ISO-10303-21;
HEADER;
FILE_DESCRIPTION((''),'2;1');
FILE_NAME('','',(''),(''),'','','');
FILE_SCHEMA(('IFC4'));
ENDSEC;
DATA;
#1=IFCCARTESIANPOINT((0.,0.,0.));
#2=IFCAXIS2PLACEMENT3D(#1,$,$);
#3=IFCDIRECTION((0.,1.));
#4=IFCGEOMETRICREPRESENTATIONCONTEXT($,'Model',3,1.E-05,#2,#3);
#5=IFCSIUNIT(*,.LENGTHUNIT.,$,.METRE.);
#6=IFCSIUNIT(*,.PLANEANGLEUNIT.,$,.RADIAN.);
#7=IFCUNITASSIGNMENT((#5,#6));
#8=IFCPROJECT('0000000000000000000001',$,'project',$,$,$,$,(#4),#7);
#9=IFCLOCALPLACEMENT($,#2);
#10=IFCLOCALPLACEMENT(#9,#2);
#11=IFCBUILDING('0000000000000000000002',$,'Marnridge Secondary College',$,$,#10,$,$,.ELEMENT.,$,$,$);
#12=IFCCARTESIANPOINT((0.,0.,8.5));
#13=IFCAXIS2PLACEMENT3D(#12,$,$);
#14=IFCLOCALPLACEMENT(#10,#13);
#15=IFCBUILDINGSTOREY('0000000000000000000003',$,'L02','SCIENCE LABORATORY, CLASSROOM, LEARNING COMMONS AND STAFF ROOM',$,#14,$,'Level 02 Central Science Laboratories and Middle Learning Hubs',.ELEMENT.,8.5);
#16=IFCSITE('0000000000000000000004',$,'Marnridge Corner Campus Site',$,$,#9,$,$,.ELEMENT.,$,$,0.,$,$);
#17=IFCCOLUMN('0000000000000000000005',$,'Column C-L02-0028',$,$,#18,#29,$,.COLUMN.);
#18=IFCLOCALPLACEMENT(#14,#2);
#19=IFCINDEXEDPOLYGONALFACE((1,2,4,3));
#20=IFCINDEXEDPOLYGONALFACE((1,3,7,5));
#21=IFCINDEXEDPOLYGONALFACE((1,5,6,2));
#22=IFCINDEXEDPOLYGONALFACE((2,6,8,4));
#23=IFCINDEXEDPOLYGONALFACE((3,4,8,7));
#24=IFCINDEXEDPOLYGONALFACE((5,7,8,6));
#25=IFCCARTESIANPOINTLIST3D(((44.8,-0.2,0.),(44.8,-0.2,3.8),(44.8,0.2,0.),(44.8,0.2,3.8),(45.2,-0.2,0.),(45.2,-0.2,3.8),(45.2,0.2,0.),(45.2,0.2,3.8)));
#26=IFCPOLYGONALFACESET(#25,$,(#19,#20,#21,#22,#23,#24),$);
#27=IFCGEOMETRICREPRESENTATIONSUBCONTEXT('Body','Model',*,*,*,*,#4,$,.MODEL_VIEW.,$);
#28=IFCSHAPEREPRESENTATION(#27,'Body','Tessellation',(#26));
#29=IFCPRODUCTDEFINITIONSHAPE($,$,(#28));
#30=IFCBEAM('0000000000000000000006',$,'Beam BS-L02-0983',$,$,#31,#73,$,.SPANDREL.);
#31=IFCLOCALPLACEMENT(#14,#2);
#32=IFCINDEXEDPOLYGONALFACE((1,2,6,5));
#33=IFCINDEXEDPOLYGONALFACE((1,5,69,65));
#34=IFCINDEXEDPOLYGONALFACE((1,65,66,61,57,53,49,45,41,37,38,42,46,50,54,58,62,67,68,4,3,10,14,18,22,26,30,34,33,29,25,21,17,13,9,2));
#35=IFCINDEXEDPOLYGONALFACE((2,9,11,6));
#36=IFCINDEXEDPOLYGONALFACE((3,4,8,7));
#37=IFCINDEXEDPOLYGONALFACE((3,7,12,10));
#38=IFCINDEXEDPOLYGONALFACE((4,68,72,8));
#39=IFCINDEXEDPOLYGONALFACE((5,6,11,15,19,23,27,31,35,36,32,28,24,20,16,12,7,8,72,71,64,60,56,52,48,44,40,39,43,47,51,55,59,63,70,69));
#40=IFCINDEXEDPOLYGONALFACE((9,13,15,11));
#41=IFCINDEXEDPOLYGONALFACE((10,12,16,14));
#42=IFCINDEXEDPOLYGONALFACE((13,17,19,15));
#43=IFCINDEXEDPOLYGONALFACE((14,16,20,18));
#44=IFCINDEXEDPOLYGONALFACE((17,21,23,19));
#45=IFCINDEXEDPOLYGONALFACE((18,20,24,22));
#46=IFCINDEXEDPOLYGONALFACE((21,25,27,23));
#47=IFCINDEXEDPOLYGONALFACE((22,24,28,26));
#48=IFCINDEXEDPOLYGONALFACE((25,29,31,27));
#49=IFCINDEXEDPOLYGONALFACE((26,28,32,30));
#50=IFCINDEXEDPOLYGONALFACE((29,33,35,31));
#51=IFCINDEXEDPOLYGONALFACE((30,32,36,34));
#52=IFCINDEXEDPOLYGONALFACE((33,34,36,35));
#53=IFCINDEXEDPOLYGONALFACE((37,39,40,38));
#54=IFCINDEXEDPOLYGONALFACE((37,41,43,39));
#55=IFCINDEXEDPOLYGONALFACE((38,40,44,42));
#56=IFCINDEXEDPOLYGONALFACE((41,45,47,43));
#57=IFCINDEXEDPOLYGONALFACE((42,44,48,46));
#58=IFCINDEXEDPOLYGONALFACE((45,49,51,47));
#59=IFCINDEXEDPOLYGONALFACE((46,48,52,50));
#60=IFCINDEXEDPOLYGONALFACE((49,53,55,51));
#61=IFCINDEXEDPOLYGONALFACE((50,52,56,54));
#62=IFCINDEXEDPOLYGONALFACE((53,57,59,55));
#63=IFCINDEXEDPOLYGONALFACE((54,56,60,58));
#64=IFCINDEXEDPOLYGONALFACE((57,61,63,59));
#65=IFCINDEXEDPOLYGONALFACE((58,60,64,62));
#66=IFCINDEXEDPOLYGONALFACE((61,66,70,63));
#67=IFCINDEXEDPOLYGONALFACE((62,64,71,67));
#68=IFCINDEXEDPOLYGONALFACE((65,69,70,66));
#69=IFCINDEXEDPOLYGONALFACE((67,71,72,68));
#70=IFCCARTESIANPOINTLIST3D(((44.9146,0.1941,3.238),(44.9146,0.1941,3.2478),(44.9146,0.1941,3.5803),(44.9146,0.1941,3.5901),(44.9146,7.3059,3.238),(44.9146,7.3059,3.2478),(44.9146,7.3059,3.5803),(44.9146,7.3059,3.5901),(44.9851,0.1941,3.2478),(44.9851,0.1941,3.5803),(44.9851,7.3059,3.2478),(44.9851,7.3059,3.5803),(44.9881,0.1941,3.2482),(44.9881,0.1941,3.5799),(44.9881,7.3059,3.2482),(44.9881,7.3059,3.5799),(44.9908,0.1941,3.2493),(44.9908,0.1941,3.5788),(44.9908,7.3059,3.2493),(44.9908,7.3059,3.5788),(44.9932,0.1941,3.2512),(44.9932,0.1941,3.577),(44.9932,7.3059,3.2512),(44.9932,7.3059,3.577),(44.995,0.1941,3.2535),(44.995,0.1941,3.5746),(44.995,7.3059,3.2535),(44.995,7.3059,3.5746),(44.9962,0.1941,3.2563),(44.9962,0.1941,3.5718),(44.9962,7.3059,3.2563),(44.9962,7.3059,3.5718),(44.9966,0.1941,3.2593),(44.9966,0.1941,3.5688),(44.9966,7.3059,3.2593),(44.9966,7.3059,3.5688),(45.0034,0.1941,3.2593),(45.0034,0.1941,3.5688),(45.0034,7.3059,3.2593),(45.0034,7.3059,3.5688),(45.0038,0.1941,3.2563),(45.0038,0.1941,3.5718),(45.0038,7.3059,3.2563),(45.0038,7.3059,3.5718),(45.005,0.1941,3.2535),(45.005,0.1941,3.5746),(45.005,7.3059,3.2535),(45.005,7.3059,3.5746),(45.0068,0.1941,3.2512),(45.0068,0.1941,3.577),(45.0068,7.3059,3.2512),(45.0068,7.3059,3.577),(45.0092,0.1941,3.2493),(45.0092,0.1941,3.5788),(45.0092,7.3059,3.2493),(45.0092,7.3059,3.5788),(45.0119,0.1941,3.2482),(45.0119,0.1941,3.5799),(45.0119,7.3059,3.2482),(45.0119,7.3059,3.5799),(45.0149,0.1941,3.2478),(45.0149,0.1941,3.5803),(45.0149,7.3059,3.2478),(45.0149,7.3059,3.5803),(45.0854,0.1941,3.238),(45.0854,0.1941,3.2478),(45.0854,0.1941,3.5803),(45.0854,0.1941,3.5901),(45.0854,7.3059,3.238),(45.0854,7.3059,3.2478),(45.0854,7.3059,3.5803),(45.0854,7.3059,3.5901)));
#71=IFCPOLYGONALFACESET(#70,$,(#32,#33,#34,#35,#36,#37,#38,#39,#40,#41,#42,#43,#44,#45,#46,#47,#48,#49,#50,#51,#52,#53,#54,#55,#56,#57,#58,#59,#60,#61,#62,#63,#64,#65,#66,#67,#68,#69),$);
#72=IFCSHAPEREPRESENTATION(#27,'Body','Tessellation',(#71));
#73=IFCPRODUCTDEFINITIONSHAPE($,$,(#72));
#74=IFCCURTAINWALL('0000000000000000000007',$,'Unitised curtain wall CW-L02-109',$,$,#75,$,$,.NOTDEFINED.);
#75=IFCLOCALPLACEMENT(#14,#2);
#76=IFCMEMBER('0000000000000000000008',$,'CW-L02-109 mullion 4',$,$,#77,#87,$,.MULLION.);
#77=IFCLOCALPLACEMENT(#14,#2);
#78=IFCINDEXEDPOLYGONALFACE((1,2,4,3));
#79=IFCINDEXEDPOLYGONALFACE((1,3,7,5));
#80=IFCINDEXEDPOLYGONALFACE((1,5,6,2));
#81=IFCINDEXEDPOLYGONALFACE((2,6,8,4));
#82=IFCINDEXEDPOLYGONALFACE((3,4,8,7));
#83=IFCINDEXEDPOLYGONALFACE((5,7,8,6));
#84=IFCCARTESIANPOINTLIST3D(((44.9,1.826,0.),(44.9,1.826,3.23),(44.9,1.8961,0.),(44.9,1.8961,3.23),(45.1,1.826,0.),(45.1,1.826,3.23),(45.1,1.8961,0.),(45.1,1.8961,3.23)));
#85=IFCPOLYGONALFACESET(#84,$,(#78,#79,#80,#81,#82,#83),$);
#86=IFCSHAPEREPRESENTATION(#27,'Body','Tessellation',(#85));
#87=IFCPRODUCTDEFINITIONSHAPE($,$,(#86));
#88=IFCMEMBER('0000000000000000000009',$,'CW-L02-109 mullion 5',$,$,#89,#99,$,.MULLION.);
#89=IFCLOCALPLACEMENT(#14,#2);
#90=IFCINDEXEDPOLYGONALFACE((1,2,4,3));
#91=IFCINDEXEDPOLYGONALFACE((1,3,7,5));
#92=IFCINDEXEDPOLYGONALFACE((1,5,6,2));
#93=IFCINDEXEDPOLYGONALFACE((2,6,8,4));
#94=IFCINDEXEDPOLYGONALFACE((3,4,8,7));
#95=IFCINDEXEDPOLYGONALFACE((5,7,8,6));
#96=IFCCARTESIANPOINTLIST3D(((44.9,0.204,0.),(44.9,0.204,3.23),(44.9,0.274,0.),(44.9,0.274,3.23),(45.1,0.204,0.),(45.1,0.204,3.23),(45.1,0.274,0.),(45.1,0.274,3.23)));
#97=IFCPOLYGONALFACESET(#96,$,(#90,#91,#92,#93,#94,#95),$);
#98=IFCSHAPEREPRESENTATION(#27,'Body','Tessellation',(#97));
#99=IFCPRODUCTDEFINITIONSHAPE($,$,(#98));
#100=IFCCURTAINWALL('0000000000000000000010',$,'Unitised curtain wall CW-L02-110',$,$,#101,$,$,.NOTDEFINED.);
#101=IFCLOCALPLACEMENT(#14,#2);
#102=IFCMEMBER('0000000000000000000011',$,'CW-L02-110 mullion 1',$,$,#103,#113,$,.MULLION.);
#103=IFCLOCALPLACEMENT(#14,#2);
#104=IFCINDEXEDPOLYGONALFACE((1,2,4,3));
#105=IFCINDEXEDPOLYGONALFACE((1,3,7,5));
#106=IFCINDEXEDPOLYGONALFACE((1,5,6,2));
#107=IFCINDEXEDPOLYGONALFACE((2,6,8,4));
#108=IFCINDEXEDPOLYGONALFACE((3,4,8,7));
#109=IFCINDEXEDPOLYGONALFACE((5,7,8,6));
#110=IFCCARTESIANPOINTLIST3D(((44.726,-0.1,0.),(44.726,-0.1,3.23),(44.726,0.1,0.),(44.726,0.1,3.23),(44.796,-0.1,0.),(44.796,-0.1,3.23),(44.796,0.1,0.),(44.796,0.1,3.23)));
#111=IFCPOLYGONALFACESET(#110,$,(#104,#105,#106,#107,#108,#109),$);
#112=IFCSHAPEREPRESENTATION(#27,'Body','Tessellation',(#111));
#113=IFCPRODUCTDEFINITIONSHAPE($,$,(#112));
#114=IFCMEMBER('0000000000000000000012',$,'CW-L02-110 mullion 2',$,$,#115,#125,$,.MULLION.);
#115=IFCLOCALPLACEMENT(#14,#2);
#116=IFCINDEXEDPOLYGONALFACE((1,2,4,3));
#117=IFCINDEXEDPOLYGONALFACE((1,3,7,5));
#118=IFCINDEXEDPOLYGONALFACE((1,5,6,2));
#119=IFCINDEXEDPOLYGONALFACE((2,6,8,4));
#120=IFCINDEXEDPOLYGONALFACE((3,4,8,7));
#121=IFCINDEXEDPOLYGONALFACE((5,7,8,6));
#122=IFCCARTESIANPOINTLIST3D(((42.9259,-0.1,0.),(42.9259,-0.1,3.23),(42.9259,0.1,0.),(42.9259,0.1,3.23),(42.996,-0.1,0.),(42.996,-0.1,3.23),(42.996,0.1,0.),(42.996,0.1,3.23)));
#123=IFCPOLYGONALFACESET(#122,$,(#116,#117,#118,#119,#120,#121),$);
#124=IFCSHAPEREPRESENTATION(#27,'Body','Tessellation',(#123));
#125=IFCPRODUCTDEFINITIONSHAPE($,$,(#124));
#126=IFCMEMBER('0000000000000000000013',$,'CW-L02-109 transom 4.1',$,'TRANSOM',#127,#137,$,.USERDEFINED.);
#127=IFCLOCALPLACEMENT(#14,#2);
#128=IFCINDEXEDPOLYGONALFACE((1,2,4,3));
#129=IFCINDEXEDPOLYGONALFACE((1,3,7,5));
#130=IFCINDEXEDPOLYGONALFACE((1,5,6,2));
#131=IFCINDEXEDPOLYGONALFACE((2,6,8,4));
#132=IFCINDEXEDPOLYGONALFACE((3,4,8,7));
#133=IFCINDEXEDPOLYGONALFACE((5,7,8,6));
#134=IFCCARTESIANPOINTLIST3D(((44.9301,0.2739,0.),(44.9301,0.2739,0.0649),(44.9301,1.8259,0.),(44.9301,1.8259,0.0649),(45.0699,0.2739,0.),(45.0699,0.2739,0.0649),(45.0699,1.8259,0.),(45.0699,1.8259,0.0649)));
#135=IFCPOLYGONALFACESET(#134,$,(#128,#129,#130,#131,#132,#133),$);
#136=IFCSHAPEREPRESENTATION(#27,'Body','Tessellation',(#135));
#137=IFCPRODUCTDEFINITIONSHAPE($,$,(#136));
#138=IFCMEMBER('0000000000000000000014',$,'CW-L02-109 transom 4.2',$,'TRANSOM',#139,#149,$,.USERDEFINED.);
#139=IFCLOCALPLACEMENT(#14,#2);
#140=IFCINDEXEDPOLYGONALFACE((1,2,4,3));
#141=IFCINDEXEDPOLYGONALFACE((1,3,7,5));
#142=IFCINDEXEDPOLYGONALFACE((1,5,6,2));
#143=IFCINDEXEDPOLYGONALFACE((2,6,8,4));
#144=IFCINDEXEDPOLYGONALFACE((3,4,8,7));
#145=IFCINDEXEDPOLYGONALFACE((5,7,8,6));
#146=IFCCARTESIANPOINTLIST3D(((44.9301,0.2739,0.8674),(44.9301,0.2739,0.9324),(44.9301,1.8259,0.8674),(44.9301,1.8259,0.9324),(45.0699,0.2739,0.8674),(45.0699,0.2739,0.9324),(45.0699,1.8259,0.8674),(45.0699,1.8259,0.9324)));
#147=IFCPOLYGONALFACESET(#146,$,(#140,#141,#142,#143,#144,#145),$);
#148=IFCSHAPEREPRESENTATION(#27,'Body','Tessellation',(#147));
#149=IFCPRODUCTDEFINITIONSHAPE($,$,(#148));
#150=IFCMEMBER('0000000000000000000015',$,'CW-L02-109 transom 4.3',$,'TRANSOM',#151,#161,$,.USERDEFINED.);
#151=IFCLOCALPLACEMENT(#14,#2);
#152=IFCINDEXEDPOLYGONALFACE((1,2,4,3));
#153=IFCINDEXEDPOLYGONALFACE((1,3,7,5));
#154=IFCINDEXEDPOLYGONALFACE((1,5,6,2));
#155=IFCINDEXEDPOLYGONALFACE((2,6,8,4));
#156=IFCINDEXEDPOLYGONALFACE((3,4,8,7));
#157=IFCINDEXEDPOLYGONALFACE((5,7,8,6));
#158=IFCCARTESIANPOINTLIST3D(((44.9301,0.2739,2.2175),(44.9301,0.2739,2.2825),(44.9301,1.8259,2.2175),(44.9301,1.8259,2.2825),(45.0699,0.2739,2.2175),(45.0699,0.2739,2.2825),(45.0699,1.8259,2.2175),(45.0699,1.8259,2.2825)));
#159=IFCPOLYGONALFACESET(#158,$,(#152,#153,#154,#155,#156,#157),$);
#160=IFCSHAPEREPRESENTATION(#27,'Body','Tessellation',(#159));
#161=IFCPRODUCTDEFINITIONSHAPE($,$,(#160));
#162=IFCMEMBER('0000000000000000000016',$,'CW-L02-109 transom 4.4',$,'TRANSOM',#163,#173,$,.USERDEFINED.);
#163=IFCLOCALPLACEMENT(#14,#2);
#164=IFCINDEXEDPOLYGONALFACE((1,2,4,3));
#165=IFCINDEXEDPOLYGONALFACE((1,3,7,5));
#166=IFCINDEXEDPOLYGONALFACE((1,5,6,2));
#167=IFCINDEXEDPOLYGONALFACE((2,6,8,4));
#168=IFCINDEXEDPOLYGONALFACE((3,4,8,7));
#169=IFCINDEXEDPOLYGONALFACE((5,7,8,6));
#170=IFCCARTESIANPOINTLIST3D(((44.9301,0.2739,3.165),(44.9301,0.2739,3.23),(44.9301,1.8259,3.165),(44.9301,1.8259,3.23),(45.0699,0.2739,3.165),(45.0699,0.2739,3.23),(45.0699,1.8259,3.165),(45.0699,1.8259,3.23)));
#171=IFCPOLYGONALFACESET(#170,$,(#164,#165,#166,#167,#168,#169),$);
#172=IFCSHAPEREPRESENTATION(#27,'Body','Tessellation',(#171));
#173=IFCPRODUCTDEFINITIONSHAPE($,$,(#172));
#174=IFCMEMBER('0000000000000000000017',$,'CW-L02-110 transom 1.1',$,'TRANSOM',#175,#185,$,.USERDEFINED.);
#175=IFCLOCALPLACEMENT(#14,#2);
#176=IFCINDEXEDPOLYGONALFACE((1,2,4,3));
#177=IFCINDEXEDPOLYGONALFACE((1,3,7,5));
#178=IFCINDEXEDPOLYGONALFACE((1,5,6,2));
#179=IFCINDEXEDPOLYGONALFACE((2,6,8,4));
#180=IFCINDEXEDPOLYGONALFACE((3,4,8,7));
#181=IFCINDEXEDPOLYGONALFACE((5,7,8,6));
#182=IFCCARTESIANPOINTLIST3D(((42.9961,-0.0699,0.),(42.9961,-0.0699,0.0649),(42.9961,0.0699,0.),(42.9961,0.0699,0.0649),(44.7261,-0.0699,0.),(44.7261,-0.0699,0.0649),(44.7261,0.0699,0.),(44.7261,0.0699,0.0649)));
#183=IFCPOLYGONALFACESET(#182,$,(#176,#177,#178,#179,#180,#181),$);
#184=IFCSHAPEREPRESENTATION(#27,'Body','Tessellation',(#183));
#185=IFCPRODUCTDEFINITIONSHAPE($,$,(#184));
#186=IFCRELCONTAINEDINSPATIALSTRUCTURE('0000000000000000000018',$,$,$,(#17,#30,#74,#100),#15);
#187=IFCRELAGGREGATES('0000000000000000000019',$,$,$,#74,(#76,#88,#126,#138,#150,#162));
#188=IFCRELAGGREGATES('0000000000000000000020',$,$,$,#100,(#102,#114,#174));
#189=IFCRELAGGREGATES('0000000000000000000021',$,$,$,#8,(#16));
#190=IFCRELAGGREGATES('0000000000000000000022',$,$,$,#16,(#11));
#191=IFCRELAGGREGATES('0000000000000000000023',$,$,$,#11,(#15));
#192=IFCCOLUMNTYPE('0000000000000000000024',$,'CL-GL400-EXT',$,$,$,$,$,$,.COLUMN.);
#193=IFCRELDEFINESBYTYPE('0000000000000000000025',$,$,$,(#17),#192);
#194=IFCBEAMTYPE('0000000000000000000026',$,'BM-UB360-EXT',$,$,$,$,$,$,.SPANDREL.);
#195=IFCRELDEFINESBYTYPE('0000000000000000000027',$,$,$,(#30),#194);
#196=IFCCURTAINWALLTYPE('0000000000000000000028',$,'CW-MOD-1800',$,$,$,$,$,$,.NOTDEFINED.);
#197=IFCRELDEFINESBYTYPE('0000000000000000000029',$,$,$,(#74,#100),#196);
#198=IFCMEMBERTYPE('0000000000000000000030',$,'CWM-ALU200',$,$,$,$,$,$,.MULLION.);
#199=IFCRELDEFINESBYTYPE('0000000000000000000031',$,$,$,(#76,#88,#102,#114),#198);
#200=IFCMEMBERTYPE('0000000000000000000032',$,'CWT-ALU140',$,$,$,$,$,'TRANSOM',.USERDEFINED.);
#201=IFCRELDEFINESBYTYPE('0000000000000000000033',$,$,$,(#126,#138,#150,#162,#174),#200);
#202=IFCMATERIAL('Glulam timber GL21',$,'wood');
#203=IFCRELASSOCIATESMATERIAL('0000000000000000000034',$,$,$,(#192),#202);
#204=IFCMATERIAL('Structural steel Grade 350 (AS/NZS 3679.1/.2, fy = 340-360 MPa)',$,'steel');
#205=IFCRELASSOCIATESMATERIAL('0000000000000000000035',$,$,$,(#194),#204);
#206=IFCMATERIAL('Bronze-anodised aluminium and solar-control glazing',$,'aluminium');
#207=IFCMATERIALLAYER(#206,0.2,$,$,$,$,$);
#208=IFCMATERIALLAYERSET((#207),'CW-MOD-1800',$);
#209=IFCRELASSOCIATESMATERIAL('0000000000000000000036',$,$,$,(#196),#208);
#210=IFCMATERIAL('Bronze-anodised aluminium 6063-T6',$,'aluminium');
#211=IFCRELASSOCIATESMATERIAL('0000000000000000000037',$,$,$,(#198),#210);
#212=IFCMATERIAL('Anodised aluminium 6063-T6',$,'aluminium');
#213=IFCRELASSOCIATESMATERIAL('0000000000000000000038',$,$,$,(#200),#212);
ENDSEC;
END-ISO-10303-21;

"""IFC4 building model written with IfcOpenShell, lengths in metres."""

from ifc_helpers import new_model, si_unit, direction, frame, origin, origin_2d, place, context, subcontext, project, spatial, rectangle, i_section, extrude, material, layer, layer_set, material_profile, profile_set, type_object, element, aggregate, save


model = new_model("IFC4")

# Units and contexts
model_context = context("Model", 3, precision=1e-05, world=origin(), true_north=direction((0.0, 1.0)))
body_context = subcontext(model_context, "Body", "Model", "MODEL_VIEW")
ifc_project = project(units=[si_unit("LENGTHUNIT", "METRE"), si_unit("PLANEANGLEUNIT", "RADIAN")], contexts=[model_context])

# Site, building, storey
site_placement = place(None, origin())
site = spatial("IfcSite", under=ifc_project, at=site_placement, Name="Marnridge Corner Campus Site", CompositionType="ELEMENT", RefElevation=0.0)
building_placement = place(site_placement, origin())
building = spatial("IfcBuilding", under=site, at=building_placement, Name="Marnridge Secondary College", CompositionType="ELEMENT")
storey_placement = place(building_placement, frame((0.0, 0.0, 8.5)))
storey = spatial("IfcBuildingStorey", under=building, at=storey_placement, Name="L02", Description="SCIENCE LABORATORY, CLASSROOM, LEARNING COMMONS AND STAFF ROOM", LongName="Level 02 Central Science Laboratories and Middle Learning Hubs", CompositionType="ELEMENT", Elevation=8.5)

# Column
ifc_material_1 = material(Name="Glulam timber GL21", Category="wood")
ifc_material_profile_1 = material_profile(ifc_material_1, rectangle(XDim=0.3999, YDim=0.3999, at=origin_2d()), Name="GL21 400x400")
ifc_profile_set_1 = profile_set([ifc_material_profile_1], Name="Glulam timber GL21")
column_type = type_object("IfcColumnType", Name="CL-GL400-EXT", PredefinedType="COLUMN", material=ifc_profile_set_1)
column_placement = place(storey_placement, frame((45.0, 0.0, 0.0), z_axis=(0.0, 0.0, 1.0), x_axis=(1.0, 0.0, 0.0)))
element("IfcColumn", 1, at=column_placement, inside=storey, type_object=column_type, Name="Column C-L02-0028", PredefinedType="COLUMN", context=body_context, shape_type="SweptSolid", body=[
    extrude(rectangle(XDim=0.3999, YDim=0.3999, at=origin_2d()), origin(), (0.0, 0.0, 1.0), 3.8),
])

# Beam
ifc_material_2 = material(Name="Structural steel Grade 350 (AS/NZS 3679.1/.2, fy = 340-360 MPa)", Category="steel")
ifc_material_profile_2 = material_profile(ifc_material_2, i_section(OverallWidth=0.1709, OverallDepth=0.3521, WebThickness=0.0068, FlangeThickness=0.0098, FilletRadius=0.0115, at=origin_2d()), Name="360UB44.7")
ifc_profile_set_2 = profile_set([ifc_material_profile_2], Name="Structural steel Grade 350 (AS/NZS 3679.1/.2, fy = 340-360 MPa)")
beam_type = type_object("IfcBeamType", Name="BM-UB360-EXT", PredefinedType="SPANDREL", material=ifc_profile_set_2)
beam_placement = place(storey_placement, frame((45.0, 0.1941, 3.4141), z_axis=(0.0, 1.0, 0.0), x_axis=(-1.0, 0.0, 0.0)))
element("IfcBeam", 2, at=beam_placement, inside=storey, type_object=beam_type, Name="Beam BS-L02-0983", PredefinedType="SPANDREL", context=body_context, shape_type="SweptSolid", body=[
    extrude(i_section(OverallWidth=0.1709, OverallDepth=0.3521, WebThickness=0.0068, FlangeThickness=0.0098, FilletRadius=0.0115, at=origin_2d()), origin(), (0.0, 0.0, 1.0), 7.1118),
])

# Curtain walls, members
ifc_material_3 = material(Name="Bronze-anodised aluminium and solar-control glazing", Category="aluminium")
ifc_layer_1 = layer(ifc_material_3, 0.2)
ifc_layer_set_1 = layer_set([ifc_layer_1], Name="CW-MOD-1800")
curtain_wall_type = type_object("IfcCurtainWallType", Name="CW-MOD-1800", PredefinedType="NOTDEFINED", material=ifc_layer_set_1)
curtain_wall_1_placement = place(storey_placement, origin())
curtain_wall_1 = element("IfcCurtainWall", 3, at=curtain_wall_1_placement, inside=storey, type_object=curtain_wall_type, Name="Unitised curtain wall CW-L02-109", PredefinedType="NOTDEFINED")
ifc_material_4 = material(Name="Bronze-anodised aluminium 6063-T6", Category="aluminium")
ifc_material_profile_3 = material_profile(ifc_material_4, rectangle(XDim=0.0701, YDim=0.2, at=origin_2d()), Name="ALU 70x200")
ifc_profile_set_3 = profile_set([ifc_material_profile_3], Name="Bronze-anodised aluminium 6063-T6")
member_type_1 = type_object("IfcMemberType", Name="CWM-ALU200", PredefinedType="MULLION", material=ifc_profile_set_3)
member_1_placement = place(storey_placement, frame((45.0, 1.8611, 0.0), z_axis=(0.0, 0.0, 1.0), x_axis=(0.0, -1.0, 0.0)))
member_1 = element("IfcMember", 4, at=member_1_placement, type_object=member_type_1, Name="CW-L02-109 mullion 4", PredefinedType="MULLION", context=body_context, shape_type="SweptSolid", body=[
    extrude(rectangle(XDim=0.0701, YDim=0.2, at=origin_2d()), origin(), (0.0, 0.0, 1.0), 3.23),
])
member_2_placement = place(storey_placement, frame((45.0, 0.239, 0.0), z_axis=(0.0, 0.0, 1.0), x_axis=(0.0, -1.0, 0.0)))
member_2 = element("IfcMember", 5, at=member_2_placement, type_object=member_type_1, Name="CW-L02-109 mullion 5", PredefinedType="MULLION", context=body_context, shape_type="SweptSolid", body=[
    extrude(rectangle(XDim=0.0701, YDim=0.2, at=origin_2d()), origin(), (0.0, 0.0, 1.0), 3.23),
])
curtain_wall_2_placement = place(storey_placement, origin())
curtain_wall_2 = element("IfcCurtainWall", 6, at=curtain_wall_2_placement, inside=storey, type_object=curtain_wall_type, Name="Unitised curtain wall CW-L02-110", PredefinedType="NOTDEFINED")
member_3_placement = place(storey_placement, frame((44.761, 0.0, 0.0), z_axis=(0.0, 0.0, 1.0), x_axis=(-1.0, 0.0, 0.0)))
member_3 = element("IfcMember", 7, at=member_3_placement, type_object=member_type_1, Name="CW-L02-110 mullion 1", PredefinedType="MULLION", context=body_context, shape_type="SweptSolid", body=[
    extrude(rectangle(XDim=0.0701, YDim=0.2, at=origin_2d()), origin(), (0.0, 0.0, 1.0), 3.23),
])
member_4_placement = place(storey_placement, frame((42.9609, 0.0, 0.0), z_axis=(0.0, 0.0, 1.0), x_axis=(-1.0, 0.0, 0.0)))
member_4 = element("IfcMember", 8, at=member_4_placement, type_object=member_type_1, Name="CW-L02-110 mullion 2", PredefinedType="MULLION", context=body_context, shape_type="SweptSolid", body=[
    extrude(rectangle(XDim=0.0701, YDim=0.2, at=origin_2d()), origin(), (0.0, 0.0, 1.0), 3.23),
])

# Members
ifc_material_5 = material(Name="Anodised aluminium 6063-T6", Category="aluminium")
ifc_material_profile_4 = material_profile(ifc_material_5, rectangle(XDim=0.0649, YDim=0.1399, at=origin_2d()), Name="ALU 65x140")
ifc_profile_set_4 = profile_set([ifc_material_profile_4], Name="Anodised aluminium 6063-T6")
member_type_2 = type_object("IfcMemberType", Name="CWT-ALU140", ElementType="TRANSOM", PredefinedType="USERDEFINED", material=ifc_profile_set_4)
member_5_placement = place(storey_placement, frame((45.0, 1.8259, 0.0325), z_axis=(0.0, -1.0, 0.0), x_axis=(0.0, 0.0, 1.0)))
member_5 = element("IfcMember", 9, at=member_5_placement, type_object=member_type_2, Name="CW-L02-109 transom 4.1", ObjectType="TRANSOM", PredefinedType="USERDEFINED", context=body_context, shape_type="SweptSolid", body=[
    extrude(rectangle(XDim=0.0649, YDim=0.1399, at=origin_2d()), origin(), (0.0, 0.0, 1.0), 1.552),
])
member_6_placement = place(storey_placement, frame((45.0, 1.8259, 0.8999), z_axis=(0.0, -1.0, 0.0), x_axis=(0.0, 0.0, 1.0)))
member_6 = element("IfcMember", 10, at=member_6_placement, type_object=member_type_2, Name="CW-L02-109 transom 4.2", ObjectType="TRANSOM", PredefinedType="USERDEFINED", context=body_context, shape_type="SweptSolid", body=[
    extrude(rectangle(XDim=0.0649, YDim=0.1399, at=origin_2d()), origin(), (0.0, 0.0, 1.0), 1.552),
])
member_7_placement = place(storey_placement, frame((45.0, 1.8259, 2.25), z_axis=(0.0, -1.0, 0.0), x_axis=(0.0, 0.0, 1.0)))
member_7 = element("IfcMember", 11, at=member_7_placement, type_object=member_type_2, Name="CW-L02-109 transom 4.3", ObjectType="TRANSOM", PredefinedType="USERDEFINED", context=body_context, shape_type="SweptSolid", body=[
    extrude(rectangle(XDim=0.0649, YDim=0.1399, at=origin_2d()), origin(), (0.0, 0.0, 1.0), 1.552),
])
member_8_placement = place(storey_placement, frame((45.0, 1.8259, 3.1975), z_axis=(0.0, -1.0, 0.0), x_axis=(0.0, 0.0, 1.0)))
member_8 = element("IfcMember", 12, at=member_8_placement, type_object=member_type_2, Name="CW-L02-109 transom 4.4", ObjectType="TRANSOM", PredefinedType="USERDEFINED", context=body_context, shape_type="SweptSolid", body=[
    extrude(rectangle(XDim=0.0649, YDim=0.1399, at=origin_2d()), origin(), (0.0, 0.0, 1.0), 1.552),
])
member_9_placement = place(storey_placement, frame((44.7261, 0.0, 0.0325), z_axis=(-1.0, 0.0, 0.0), x_axis=(0.0, 0.0, 1.0)))
member_9 = element("IfcMember", 13, at=member_9_placement, type_object=member_type_2, Name="CW-L02-110 transom 1.1", ObjectType="TRANSOM", PredefinedType="USERDEFINED", context=body_context, shape_type="SweptSolid", body=[
    extrude(rectangle(XDim=0.0649, YDim=0.1399, at=origin_2d()), origin(), (0.0, 0.0, 1.0), 1.73),
])

aggregate(curtain_wall_1, [member_1, member_2, member_5, member_6, member_7, member_8])
aggregate(curtain_wall_2, [member_3, member_4, member_9])

save(model, "model.ifc")
